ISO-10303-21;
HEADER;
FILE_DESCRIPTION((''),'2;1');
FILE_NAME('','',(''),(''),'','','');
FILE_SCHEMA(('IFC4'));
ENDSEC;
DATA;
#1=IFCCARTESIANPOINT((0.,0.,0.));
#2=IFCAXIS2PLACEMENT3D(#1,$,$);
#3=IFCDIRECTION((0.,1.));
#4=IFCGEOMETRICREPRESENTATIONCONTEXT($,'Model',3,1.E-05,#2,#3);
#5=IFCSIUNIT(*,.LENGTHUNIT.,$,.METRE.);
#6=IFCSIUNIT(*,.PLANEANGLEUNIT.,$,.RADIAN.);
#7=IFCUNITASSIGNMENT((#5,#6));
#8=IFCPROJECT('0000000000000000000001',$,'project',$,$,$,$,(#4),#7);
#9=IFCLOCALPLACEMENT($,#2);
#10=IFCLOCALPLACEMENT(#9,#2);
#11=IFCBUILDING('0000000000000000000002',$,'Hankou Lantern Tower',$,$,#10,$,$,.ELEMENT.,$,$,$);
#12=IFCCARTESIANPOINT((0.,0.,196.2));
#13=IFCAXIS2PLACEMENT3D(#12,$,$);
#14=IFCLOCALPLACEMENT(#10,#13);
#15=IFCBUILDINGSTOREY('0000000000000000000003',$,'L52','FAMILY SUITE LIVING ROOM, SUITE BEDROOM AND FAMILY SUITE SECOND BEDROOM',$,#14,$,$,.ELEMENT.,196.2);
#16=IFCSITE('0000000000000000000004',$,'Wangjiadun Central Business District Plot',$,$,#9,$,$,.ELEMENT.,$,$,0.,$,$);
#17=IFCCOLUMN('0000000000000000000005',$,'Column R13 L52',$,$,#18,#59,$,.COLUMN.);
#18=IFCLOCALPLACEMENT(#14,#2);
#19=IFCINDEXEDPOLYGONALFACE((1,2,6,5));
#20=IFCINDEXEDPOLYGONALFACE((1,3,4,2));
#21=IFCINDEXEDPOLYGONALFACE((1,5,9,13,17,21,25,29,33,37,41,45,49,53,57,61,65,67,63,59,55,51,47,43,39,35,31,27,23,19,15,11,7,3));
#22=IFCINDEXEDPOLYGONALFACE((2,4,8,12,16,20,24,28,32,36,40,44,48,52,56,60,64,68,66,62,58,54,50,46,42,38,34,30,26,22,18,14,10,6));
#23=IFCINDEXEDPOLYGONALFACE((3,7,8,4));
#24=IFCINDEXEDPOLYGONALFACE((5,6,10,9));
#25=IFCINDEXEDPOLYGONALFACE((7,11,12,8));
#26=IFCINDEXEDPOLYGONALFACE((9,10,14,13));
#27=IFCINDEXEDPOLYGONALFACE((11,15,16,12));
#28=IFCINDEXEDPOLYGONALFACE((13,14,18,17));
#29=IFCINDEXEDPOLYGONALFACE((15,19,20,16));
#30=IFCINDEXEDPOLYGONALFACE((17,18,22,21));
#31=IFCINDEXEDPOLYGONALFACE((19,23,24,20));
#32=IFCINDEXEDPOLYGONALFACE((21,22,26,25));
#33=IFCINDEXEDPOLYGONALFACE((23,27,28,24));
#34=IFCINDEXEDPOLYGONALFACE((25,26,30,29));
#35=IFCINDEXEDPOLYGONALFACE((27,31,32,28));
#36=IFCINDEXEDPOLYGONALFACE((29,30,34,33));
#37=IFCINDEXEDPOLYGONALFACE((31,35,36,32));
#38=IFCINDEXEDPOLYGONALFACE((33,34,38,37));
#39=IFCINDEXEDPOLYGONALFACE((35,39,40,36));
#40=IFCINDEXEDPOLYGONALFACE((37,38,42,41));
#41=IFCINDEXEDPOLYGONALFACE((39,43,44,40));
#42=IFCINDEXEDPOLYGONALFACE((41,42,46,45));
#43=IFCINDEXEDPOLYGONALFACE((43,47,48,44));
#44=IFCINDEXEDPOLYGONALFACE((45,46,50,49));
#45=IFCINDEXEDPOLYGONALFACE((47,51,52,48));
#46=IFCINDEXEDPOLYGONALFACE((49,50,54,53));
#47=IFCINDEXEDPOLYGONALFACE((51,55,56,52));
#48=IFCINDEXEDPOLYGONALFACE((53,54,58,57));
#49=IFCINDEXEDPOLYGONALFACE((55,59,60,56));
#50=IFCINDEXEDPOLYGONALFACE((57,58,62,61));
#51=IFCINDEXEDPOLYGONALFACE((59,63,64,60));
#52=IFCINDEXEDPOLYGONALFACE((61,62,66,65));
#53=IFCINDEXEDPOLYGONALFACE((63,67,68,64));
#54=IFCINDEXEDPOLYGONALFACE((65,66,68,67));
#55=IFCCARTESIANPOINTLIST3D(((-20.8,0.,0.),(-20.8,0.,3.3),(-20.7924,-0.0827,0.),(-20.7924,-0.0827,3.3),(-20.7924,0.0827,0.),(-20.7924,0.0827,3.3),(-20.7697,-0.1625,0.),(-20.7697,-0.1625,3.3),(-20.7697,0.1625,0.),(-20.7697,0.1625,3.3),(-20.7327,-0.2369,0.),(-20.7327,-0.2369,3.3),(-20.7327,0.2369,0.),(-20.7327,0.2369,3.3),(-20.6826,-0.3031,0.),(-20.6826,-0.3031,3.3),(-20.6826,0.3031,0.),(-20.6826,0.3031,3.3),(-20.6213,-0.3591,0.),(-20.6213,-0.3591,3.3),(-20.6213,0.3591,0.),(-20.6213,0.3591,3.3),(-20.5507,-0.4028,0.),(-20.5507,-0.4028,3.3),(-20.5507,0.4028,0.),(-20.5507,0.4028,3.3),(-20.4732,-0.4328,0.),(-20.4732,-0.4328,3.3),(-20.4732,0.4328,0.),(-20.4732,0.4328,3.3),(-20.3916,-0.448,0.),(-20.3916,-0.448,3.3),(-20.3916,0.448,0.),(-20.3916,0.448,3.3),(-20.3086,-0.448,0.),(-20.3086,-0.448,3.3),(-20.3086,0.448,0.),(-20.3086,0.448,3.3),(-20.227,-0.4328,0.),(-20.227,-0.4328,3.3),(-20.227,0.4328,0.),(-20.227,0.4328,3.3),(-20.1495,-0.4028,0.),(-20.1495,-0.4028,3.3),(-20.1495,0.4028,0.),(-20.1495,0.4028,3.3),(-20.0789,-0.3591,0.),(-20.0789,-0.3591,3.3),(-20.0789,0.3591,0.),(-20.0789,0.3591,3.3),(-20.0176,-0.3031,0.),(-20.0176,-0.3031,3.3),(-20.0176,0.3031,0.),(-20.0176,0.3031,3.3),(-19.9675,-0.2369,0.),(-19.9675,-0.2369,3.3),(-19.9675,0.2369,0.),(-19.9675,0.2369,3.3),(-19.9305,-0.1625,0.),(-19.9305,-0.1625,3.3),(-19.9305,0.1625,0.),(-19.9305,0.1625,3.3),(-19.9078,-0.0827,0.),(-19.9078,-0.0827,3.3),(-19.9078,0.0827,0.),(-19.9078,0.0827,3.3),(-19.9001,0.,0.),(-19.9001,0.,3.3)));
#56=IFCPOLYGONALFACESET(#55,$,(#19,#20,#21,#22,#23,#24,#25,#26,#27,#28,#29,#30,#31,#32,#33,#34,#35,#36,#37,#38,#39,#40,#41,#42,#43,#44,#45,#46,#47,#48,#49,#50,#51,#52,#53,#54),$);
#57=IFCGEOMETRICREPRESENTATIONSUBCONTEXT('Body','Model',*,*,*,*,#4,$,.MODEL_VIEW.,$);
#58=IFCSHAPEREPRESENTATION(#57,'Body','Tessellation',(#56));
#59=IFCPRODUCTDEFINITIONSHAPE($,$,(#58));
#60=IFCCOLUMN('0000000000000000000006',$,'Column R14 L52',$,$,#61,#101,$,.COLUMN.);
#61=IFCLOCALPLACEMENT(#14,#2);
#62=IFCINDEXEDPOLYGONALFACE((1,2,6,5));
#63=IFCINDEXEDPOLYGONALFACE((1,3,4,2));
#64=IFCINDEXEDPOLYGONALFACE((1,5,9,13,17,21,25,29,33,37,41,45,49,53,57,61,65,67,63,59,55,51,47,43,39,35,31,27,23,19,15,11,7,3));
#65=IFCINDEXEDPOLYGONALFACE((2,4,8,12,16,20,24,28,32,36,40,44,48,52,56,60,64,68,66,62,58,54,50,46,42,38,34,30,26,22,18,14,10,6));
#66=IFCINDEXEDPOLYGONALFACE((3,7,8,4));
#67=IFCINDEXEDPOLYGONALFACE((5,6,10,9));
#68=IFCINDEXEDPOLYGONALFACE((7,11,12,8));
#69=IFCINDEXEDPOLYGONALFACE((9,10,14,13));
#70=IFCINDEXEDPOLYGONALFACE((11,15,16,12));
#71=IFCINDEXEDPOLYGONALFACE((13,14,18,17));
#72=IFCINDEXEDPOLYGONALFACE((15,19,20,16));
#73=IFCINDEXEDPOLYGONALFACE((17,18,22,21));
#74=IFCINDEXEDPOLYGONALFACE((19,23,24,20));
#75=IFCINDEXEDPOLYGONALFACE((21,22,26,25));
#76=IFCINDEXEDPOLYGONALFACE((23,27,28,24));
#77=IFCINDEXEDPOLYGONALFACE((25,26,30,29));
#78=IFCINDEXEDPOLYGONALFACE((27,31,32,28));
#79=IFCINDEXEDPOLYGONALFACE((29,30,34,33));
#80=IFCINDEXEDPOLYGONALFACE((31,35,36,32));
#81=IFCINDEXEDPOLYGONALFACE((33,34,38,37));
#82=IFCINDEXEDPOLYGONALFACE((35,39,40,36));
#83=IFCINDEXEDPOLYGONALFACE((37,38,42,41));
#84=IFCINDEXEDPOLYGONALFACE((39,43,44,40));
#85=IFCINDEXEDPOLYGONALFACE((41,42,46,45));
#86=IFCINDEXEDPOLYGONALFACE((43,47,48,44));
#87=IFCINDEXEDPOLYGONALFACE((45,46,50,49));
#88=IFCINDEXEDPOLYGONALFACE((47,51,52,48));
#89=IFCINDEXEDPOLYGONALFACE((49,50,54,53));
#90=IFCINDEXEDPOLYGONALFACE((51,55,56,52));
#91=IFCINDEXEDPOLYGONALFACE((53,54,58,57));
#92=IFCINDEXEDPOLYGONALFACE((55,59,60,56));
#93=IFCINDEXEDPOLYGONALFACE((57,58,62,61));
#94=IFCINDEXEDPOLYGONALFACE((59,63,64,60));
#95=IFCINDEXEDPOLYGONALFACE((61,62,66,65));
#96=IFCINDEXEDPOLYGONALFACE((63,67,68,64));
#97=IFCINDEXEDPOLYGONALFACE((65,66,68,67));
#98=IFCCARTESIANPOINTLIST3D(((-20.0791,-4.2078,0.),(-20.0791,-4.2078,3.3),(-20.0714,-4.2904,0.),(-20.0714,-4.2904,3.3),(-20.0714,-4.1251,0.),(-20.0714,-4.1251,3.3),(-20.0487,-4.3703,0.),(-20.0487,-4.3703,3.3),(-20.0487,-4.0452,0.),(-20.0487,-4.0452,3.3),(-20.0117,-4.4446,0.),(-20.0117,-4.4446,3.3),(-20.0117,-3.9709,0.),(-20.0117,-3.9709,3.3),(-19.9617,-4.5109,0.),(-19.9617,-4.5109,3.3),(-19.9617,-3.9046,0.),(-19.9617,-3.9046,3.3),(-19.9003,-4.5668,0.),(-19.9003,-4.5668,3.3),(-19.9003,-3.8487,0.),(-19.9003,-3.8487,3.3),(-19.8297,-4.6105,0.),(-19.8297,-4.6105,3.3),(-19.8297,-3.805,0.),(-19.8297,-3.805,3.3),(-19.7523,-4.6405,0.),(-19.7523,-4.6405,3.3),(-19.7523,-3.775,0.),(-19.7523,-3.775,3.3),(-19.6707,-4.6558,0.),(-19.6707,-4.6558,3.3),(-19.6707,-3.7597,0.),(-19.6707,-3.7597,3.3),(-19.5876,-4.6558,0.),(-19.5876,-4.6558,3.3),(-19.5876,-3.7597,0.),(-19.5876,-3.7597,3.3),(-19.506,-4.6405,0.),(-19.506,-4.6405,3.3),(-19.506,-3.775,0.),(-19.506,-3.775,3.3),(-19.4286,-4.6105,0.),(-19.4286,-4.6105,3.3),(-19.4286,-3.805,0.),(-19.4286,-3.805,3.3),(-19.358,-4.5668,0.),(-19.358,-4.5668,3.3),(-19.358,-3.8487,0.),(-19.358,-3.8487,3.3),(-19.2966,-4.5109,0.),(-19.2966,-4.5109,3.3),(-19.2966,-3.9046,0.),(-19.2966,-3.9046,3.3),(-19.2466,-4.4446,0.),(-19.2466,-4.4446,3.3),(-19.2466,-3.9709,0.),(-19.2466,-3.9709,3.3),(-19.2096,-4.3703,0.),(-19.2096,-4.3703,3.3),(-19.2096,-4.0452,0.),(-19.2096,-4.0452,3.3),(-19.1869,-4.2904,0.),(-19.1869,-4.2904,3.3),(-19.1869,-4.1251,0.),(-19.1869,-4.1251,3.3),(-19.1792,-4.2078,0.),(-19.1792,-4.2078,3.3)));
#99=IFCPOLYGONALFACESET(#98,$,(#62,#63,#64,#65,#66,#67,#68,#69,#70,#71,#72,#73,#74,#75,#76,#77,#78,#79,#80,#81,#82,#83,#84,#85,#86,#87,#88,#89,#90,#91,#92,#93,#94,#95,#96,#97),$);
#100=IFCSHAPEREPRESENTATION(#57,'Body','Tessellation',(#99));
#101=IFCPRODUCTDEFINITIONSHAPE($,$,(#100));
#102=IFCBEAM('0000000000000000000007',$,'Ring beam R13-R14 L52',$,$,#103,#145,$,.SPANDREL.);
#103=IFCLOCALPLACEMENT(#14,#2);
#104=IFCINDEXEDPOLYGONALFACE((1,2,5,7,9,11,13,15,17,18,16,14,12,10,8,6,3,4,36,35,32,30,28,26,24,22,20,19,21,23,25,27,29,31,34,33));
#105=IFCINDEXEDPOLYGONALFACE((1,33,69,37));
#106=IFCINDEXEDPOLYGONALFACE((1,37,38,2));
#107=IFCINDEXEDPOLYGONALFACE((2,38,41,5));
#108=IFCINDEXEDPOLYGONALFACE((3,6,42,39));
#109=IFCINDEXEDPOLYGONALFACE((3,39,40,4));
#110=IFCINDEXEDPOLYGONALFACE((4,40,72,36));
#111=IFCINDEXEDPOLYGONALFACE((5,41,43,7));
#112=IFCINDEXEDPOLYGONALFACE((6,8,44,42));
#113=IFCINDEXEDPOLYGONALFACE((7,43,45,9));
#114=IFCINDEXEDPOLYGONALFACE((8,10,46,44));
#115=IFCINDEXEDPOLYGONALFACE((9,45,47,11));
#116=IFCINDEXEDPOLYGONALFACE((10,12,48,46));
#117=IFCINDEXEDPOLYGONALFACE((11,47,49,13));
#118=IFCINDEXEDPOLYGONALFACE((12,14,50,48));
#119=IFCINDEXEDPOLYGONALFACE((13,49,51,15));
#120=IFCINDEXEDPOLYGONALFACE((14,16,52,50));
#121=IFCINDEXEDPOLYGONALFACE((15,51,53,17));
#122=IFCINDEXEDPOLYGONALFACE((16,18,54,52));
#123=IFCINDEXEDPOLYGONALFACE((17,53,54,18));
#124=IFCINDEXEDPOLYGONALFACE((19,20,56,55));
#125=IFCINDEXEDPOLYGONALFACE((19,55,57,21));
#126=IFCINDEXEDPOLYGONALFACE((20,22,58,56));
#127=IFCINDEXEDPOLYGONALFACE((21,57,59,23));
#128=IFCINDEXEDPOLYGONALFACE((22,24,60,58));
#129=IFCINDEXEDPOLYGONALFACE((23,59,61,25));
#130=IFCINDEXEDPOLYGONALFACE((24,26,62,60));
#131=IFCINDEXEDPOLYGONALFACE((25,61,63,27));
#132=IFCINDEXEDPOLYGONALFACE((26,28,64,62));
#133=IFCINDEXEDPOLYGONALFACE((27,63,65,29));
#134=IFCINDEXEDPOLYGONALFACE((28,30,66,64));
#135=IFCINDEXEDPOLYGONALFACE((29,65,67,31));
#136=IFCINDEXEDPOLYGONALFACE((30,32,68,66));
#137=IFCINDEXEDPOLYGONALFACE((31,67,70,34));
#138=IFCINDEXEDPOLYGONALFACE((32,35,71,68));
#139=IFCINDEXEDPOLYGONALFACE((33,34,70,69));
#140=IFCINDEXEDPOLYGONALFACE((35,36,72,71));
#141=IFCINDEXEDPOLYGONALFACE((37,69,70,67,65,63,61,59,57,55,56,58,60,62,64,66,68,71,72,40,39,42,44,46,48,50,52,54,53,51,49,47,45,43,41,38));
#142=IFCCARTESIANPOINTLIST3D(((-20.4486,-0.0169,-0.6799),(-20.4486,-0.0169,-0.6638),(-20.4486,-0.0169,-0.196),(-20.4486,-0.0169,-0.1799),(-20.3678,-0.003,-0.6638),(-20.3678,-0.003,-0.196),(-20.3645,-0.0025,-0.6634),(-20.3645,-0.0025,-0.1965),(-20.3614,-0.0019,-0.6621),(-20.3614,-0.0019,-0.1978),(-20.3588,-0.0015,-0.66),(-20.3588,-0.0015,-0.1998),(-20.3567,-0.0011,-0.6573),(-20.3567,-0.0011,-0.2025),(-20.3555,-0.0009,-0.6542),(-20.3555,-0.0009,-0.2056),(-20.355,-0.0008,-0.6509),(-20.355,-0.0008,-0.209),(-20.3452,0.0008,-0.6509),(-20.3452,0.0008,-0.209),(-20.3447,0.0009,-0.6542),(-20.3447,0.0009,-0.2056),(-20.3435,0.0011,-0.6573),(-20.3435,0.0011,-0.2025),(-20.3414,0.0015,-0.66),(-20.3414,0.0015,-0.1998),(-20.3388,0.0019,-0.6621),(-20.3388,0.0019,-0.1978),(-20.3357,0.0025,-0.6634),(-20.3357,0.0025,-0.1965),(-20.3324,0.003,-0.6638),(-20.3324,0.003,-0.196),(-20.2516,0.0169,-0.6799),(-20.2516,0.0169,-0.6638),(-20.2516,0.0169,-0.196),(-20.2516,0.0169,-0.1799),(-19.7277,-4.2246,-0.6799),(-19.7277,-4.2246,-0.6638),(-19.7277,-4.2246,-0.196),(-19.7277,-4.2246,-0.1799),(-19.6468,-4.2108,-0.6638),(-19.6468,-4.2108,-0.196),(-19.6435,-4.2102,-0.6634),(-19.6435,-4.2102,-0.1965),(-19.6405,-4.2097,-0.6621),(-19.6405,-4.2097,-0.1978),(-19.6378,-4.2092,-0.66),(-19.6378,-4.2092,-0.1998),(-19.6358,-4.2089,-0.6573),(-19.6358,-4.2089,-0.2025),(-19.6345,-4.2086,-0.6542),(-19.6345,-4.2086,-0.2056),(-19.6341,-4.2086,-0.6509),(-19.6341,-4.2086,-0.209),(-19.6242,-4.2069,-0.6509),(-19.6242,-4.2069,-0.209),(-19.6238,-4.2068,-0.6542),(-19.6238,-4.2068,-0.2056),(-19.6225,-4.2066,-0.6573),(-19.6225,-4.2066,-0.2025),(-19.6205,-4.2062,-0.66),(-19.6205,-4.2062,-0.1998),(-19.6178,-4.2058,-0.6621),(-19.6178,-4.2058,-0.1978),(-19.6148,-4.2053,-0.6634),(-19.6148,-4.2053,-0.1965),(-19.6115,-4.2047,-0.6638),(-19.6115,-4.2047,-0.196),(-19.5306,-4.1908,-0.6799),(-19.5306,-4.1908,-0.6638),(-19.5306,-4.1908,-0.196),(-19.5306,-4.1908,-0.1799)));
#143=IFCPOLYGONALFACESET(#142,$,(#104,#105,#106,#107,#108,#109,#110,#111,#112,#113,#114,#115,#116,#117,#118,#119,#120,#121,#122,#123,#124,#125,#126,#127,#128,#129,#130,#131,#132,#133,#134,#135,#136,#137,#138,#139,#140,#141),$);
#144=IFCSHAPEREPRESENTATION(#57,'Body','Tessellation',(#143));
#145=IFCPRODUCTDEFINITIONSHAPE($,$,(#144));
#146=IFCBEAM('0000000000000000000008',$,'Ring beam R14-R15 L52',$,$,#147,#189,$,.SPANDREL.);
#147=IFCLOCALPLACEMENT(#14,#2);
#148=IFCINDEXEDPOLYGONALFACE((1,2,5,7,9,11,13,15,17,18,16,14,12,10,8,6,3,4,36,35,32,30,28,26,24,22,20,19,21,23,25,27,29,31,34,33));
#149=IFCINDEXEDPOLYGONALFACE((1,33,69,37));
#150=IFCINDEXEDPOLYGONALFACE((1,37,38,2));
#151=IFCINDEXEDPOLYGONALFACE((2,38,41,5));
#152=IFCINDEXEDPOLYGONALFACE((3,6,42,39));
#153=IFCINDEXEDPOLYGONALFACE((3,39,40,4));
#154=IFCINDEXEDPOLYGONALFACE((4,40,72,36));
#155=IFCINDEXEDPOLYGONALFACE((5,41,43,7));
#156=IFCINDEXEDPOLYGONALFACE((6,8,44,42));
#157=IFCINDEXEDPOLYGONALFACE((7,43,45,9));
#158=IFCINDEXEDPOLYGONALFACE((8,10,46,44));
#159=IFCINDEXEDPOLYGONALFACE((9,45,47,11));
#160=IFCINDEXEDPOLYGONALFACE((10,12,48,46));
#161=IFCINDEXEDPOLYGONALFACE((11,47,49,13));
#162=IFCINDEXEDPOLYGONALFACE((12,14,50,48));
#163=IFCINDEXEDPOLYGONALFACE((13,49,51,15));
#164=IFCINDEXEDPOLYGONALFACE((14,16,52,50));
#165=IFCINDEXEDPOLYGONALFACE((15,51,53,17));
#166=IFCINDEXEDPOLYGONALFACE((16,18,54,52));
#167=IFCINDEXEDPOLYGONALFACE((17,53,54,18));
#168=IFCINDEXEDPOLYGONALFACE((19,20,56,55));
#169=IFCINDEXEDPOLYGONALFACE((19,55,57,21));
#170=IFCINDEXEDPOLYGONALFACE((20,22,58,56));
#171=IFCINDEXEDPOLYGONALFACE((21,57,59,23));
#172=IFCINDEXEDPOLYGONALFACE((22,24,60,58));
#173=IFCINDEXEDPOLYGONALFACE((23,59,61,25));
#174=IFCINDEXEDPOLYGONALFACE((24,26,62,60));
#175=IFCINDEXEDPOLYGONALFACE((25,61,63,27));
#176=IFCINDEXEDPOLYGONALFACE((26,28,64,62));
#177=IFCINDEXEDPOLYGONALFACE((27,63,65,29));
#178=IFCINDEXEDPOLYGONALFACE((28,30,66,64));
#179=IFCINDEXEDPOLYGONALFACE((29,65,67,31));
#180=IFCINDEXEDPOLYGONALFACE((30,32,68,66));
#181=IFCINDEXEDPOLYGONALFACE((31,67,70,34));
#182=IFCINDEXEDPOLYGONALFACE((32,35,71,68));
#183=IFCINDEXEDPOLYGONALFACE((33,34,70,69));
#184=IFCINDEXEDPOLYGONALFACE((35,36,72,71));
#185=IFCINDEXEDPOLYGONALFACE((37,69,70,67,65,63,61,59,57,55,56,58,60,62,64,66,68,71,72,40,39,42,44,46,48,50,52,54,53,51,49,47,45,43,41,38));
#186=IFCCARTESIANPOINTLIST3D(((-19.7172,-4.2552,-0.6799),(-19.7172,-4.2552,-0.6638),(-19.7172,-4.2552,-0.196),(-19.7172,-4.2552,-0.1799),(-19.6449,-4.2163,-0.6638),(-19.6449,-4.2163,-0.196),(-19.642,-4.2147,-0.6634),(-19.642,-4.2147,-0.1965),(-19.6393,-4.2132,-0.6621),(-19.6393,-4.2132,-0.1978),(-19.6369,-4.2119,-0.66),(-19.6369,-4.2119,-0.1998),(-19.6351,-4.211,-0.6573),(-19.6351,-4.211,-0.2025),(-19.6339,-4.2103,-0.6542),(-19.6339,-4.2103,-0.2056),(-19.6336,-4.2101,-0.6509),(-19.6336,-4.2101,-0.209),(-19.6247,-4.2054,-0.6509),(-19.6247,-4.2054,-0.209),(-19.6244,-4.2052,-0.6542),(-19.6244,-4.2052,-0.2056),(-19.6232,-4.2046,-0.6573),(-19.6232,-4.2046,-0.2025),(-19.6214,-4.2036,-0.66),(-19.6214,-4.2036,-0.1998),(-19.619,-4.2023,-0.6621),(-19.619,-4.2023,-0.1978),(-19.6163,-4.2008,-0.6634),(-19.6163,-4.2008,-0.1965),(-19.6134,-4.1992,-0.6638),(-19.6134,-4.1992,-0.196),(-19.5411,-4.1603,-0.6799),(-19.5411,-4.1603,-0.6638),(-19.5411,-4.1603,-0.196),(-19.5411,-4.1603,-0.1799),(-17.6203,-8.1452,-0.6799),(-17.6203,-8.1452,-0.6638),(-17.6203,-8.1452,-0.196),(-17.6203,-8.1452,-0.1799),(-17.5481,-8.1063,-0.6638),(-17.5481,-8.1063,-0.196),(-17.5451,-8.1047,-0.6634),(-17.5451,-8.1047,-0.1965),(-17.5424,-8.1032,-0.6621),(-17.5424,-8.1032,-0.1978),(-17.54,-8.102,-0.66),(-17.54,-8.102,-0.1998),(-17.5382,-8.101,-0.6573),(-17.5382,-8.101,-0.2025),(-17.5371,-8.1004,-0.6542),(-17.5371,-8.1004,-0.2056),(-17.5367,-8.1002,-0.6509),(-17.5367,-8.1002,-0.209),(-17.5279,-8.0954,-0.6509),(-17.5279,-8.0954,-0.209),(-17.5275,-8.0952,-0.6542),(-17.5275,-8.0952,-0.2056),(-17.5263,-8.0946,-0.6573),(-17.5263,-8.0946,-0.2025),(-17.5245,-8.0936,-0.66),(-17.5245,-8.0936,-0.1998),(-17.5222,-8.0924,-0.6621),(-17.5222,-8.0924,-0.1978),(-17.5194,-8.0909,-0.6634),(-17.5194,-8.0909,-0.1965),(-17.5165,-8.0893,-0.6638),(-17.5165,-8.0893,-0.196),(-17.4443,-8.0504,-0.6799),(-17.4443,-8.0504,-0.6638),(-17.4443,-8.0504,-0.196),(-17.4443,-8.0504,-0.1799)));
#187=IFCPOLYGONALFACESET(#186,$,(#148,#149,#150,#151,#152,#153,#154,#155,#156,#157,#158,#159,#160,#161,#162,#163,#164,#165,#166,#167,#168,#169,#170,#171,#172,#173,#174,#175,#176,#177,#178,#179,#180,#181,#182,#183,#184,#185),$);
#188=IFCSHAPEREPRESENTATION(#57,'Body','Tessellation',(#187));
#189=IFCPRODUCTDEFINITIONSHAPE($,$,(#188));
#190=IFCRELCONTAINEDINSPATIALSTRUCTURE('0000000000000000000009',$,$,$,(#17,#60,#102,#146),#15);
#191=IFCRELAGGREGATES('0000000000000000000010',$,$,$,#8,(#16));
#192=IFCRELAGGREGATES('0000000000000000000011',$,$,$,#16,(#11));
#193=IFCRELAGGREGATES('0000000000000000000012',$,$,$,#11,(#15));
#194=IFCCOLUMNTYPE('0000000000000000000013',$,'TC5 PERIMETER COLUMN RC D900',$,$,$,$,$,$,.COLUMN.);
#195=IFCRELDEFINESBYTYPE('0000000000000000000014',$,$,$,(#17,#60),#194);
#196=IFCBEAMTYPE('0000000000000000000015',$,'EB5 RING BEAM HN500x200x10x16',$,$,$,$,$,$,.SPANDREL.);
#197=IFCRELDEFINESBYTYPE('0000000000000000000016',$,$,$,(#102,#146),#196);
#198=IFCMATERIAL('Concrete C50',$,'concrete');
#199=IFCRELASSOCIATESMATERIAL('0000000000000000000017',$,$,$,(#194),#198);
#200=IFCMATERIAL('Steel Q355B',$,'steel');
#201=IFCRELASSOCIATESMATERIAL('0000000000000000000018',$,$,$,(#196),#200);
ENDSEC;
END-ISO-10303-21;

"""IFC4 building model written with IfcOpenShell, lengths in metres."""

from ifc_helpers import new_model, si_unit, direction, frame, origin, origin_2d, place, context, subcontext, project, spatial, circle, i_section, extrude, material, material_profile, profile_set, type_object, element, save


model = new_model("IFC4")

# Units and contexts
model_context = context("Model", 3, precision=1e-05, world=origin(), true_north=direction((0.0, 1.0)))
body_context = subcontext(model_context, "Body", "Model", "MODEL_VIEW")
ifc_project = project(units=[si_unit("LENGTHUNIT", "METRE"), si_unit("PLANEANGLEUNIT", "RADIAN")], contexts=[model_context])

# Site, building, storey
site_placement = place(None, origin())
site = spatial("IfcSite", under=ifc_project, at=site_placement, Name="Wangjiadun Central Business District Plot", CompositionType="ELEMENT", RefElevation=0.0)
building_placement = place(site_placement, origin())
building = spatial("IfcBuilding", under=site, at=building_placement, Name="Hankou Lantern Tower", CompositionType="ELEMENT")
storey_placement = place(building_placement, frame((0.0, 0.0, 196.2)))
storey = spatial("IfcBuildingStorey", under=building, at=storey_placement, Name="L52", Description="FAMILY SUITE LIVING ROOM, SUITE BEDROOM AND FAMILY SUITE SECOND BEDROOM", CompositionType="ELEMENT", Elevation=196.2)

# Columns
ifc_material_1 = material(Name="Concrete C50", Category="concrete")
ifc_material_profile_1 = material_profile(ifc_material_1, circle(Radius=0.45, at=origin_2d()), Name="RC D900")
ifc_profile_set_1 = profile_set([ifc_material_profile_1], Name="Concrete C50")
column_type = type_object("IfcColumnType", Name="TC5 PERIMETER COLUMN RC D900", PredefinedType="COLUMN", material=ifc_profile_set_1)
for number, where, z_axis, x_axis, name in (
    (1, (-20.3501, 0.0, 0.0), (0.0, 0.0, 1.0), (1.0, 0.0, 0.0), "Column R13 L52"),
    (2, (-19.6292, -4.2078, 0.0), (0.0, 0.0, 1.0), (1.0, 0.0, 0.0), "Column R14 L52"),
):
    element("IfcColumn", number, at=place(storey_placement, frame(where, z_axis=z_axis, x_axis=x_axis)), inside=storey, type_object=column_type, Name=name, PredefinedType="COLUMN", context=body_context, shape_type="SweptSolid", body=[
        extrude(circle(Radius=0.45, at=origin_2d()), origin(), (0.0, 0.0, 1.0), 3.3),
    ])

# Beams
ifc_material_2 = material(Name="Steel Q355B", Category="steel")
ifc_material_profile_2 = material_profile(ifc_material_2, i_section(OverallWidth=0.2, OverallDepth=0.5, WebThickness=0.01, FlangeThickness=0.0161, FilletRadius=0.0129, at=origin_2d()), Name="HN500x200x10x16")
ifc_profile_set_2 = profile_set([ifc_material_profile_2], Name="Steel Q355B")
beam_type_1 = type_object("IfcBeamType", Name="EB5 RING BEAM HN500x200x10x16", PredefinedType="SPANDREL", material=ifc_profile_set_2)
beam_1_placement = place(storey_placement, frame((-20.3501, 0.0, -0.4299), z_axis=(0.168877, -0.985637, 0.0), x_axis=(0.985637, 0.168877, 0.0)))
element("IfcBeam", 3, at=beam_1_placement, inside=storey, type_object=beam_type_1, Name="Ring beam R13-R14 L52", PredefinedType="SPANDREL", context=body_context, shape_type="SweptSolid", body=[
    extrude(i_section(OverallWidth=0.2, OverallDepth=0.5, WebThickness=0.01, FlangeThickness=0.0161, FilletRadius=0.0129, at=origin_2d()), origin(), (0.0, 0.0, 1.0), 4.269),
])
beam_2_placement = place(storey_placement, frame((-19.6292, -4.2078, -0.4299), z_axis=(0.474492, -0.88026, 0.0), x_axis=(0.88026, 0.474492, 0.0)))
element("IfcBeam", 4, at=beam_2_placement, inside=storey, type_object=beam_type_1, Name="Ring beam R14-R15 L52", PredefinedType="SPANDREL", context=body_context, shape_type="SweptSolid", body=[
    extrude(i_section(OverallWidth=0.2, OverallDepth=0.5, WebThickness=0.01, FlangeThickness=0.0161, FilletRadius=0.0129, at=origin_2d()), origin(), (0.0, 0.0, 1.0), 4.4192),
])

save(model, "model.ifc")
